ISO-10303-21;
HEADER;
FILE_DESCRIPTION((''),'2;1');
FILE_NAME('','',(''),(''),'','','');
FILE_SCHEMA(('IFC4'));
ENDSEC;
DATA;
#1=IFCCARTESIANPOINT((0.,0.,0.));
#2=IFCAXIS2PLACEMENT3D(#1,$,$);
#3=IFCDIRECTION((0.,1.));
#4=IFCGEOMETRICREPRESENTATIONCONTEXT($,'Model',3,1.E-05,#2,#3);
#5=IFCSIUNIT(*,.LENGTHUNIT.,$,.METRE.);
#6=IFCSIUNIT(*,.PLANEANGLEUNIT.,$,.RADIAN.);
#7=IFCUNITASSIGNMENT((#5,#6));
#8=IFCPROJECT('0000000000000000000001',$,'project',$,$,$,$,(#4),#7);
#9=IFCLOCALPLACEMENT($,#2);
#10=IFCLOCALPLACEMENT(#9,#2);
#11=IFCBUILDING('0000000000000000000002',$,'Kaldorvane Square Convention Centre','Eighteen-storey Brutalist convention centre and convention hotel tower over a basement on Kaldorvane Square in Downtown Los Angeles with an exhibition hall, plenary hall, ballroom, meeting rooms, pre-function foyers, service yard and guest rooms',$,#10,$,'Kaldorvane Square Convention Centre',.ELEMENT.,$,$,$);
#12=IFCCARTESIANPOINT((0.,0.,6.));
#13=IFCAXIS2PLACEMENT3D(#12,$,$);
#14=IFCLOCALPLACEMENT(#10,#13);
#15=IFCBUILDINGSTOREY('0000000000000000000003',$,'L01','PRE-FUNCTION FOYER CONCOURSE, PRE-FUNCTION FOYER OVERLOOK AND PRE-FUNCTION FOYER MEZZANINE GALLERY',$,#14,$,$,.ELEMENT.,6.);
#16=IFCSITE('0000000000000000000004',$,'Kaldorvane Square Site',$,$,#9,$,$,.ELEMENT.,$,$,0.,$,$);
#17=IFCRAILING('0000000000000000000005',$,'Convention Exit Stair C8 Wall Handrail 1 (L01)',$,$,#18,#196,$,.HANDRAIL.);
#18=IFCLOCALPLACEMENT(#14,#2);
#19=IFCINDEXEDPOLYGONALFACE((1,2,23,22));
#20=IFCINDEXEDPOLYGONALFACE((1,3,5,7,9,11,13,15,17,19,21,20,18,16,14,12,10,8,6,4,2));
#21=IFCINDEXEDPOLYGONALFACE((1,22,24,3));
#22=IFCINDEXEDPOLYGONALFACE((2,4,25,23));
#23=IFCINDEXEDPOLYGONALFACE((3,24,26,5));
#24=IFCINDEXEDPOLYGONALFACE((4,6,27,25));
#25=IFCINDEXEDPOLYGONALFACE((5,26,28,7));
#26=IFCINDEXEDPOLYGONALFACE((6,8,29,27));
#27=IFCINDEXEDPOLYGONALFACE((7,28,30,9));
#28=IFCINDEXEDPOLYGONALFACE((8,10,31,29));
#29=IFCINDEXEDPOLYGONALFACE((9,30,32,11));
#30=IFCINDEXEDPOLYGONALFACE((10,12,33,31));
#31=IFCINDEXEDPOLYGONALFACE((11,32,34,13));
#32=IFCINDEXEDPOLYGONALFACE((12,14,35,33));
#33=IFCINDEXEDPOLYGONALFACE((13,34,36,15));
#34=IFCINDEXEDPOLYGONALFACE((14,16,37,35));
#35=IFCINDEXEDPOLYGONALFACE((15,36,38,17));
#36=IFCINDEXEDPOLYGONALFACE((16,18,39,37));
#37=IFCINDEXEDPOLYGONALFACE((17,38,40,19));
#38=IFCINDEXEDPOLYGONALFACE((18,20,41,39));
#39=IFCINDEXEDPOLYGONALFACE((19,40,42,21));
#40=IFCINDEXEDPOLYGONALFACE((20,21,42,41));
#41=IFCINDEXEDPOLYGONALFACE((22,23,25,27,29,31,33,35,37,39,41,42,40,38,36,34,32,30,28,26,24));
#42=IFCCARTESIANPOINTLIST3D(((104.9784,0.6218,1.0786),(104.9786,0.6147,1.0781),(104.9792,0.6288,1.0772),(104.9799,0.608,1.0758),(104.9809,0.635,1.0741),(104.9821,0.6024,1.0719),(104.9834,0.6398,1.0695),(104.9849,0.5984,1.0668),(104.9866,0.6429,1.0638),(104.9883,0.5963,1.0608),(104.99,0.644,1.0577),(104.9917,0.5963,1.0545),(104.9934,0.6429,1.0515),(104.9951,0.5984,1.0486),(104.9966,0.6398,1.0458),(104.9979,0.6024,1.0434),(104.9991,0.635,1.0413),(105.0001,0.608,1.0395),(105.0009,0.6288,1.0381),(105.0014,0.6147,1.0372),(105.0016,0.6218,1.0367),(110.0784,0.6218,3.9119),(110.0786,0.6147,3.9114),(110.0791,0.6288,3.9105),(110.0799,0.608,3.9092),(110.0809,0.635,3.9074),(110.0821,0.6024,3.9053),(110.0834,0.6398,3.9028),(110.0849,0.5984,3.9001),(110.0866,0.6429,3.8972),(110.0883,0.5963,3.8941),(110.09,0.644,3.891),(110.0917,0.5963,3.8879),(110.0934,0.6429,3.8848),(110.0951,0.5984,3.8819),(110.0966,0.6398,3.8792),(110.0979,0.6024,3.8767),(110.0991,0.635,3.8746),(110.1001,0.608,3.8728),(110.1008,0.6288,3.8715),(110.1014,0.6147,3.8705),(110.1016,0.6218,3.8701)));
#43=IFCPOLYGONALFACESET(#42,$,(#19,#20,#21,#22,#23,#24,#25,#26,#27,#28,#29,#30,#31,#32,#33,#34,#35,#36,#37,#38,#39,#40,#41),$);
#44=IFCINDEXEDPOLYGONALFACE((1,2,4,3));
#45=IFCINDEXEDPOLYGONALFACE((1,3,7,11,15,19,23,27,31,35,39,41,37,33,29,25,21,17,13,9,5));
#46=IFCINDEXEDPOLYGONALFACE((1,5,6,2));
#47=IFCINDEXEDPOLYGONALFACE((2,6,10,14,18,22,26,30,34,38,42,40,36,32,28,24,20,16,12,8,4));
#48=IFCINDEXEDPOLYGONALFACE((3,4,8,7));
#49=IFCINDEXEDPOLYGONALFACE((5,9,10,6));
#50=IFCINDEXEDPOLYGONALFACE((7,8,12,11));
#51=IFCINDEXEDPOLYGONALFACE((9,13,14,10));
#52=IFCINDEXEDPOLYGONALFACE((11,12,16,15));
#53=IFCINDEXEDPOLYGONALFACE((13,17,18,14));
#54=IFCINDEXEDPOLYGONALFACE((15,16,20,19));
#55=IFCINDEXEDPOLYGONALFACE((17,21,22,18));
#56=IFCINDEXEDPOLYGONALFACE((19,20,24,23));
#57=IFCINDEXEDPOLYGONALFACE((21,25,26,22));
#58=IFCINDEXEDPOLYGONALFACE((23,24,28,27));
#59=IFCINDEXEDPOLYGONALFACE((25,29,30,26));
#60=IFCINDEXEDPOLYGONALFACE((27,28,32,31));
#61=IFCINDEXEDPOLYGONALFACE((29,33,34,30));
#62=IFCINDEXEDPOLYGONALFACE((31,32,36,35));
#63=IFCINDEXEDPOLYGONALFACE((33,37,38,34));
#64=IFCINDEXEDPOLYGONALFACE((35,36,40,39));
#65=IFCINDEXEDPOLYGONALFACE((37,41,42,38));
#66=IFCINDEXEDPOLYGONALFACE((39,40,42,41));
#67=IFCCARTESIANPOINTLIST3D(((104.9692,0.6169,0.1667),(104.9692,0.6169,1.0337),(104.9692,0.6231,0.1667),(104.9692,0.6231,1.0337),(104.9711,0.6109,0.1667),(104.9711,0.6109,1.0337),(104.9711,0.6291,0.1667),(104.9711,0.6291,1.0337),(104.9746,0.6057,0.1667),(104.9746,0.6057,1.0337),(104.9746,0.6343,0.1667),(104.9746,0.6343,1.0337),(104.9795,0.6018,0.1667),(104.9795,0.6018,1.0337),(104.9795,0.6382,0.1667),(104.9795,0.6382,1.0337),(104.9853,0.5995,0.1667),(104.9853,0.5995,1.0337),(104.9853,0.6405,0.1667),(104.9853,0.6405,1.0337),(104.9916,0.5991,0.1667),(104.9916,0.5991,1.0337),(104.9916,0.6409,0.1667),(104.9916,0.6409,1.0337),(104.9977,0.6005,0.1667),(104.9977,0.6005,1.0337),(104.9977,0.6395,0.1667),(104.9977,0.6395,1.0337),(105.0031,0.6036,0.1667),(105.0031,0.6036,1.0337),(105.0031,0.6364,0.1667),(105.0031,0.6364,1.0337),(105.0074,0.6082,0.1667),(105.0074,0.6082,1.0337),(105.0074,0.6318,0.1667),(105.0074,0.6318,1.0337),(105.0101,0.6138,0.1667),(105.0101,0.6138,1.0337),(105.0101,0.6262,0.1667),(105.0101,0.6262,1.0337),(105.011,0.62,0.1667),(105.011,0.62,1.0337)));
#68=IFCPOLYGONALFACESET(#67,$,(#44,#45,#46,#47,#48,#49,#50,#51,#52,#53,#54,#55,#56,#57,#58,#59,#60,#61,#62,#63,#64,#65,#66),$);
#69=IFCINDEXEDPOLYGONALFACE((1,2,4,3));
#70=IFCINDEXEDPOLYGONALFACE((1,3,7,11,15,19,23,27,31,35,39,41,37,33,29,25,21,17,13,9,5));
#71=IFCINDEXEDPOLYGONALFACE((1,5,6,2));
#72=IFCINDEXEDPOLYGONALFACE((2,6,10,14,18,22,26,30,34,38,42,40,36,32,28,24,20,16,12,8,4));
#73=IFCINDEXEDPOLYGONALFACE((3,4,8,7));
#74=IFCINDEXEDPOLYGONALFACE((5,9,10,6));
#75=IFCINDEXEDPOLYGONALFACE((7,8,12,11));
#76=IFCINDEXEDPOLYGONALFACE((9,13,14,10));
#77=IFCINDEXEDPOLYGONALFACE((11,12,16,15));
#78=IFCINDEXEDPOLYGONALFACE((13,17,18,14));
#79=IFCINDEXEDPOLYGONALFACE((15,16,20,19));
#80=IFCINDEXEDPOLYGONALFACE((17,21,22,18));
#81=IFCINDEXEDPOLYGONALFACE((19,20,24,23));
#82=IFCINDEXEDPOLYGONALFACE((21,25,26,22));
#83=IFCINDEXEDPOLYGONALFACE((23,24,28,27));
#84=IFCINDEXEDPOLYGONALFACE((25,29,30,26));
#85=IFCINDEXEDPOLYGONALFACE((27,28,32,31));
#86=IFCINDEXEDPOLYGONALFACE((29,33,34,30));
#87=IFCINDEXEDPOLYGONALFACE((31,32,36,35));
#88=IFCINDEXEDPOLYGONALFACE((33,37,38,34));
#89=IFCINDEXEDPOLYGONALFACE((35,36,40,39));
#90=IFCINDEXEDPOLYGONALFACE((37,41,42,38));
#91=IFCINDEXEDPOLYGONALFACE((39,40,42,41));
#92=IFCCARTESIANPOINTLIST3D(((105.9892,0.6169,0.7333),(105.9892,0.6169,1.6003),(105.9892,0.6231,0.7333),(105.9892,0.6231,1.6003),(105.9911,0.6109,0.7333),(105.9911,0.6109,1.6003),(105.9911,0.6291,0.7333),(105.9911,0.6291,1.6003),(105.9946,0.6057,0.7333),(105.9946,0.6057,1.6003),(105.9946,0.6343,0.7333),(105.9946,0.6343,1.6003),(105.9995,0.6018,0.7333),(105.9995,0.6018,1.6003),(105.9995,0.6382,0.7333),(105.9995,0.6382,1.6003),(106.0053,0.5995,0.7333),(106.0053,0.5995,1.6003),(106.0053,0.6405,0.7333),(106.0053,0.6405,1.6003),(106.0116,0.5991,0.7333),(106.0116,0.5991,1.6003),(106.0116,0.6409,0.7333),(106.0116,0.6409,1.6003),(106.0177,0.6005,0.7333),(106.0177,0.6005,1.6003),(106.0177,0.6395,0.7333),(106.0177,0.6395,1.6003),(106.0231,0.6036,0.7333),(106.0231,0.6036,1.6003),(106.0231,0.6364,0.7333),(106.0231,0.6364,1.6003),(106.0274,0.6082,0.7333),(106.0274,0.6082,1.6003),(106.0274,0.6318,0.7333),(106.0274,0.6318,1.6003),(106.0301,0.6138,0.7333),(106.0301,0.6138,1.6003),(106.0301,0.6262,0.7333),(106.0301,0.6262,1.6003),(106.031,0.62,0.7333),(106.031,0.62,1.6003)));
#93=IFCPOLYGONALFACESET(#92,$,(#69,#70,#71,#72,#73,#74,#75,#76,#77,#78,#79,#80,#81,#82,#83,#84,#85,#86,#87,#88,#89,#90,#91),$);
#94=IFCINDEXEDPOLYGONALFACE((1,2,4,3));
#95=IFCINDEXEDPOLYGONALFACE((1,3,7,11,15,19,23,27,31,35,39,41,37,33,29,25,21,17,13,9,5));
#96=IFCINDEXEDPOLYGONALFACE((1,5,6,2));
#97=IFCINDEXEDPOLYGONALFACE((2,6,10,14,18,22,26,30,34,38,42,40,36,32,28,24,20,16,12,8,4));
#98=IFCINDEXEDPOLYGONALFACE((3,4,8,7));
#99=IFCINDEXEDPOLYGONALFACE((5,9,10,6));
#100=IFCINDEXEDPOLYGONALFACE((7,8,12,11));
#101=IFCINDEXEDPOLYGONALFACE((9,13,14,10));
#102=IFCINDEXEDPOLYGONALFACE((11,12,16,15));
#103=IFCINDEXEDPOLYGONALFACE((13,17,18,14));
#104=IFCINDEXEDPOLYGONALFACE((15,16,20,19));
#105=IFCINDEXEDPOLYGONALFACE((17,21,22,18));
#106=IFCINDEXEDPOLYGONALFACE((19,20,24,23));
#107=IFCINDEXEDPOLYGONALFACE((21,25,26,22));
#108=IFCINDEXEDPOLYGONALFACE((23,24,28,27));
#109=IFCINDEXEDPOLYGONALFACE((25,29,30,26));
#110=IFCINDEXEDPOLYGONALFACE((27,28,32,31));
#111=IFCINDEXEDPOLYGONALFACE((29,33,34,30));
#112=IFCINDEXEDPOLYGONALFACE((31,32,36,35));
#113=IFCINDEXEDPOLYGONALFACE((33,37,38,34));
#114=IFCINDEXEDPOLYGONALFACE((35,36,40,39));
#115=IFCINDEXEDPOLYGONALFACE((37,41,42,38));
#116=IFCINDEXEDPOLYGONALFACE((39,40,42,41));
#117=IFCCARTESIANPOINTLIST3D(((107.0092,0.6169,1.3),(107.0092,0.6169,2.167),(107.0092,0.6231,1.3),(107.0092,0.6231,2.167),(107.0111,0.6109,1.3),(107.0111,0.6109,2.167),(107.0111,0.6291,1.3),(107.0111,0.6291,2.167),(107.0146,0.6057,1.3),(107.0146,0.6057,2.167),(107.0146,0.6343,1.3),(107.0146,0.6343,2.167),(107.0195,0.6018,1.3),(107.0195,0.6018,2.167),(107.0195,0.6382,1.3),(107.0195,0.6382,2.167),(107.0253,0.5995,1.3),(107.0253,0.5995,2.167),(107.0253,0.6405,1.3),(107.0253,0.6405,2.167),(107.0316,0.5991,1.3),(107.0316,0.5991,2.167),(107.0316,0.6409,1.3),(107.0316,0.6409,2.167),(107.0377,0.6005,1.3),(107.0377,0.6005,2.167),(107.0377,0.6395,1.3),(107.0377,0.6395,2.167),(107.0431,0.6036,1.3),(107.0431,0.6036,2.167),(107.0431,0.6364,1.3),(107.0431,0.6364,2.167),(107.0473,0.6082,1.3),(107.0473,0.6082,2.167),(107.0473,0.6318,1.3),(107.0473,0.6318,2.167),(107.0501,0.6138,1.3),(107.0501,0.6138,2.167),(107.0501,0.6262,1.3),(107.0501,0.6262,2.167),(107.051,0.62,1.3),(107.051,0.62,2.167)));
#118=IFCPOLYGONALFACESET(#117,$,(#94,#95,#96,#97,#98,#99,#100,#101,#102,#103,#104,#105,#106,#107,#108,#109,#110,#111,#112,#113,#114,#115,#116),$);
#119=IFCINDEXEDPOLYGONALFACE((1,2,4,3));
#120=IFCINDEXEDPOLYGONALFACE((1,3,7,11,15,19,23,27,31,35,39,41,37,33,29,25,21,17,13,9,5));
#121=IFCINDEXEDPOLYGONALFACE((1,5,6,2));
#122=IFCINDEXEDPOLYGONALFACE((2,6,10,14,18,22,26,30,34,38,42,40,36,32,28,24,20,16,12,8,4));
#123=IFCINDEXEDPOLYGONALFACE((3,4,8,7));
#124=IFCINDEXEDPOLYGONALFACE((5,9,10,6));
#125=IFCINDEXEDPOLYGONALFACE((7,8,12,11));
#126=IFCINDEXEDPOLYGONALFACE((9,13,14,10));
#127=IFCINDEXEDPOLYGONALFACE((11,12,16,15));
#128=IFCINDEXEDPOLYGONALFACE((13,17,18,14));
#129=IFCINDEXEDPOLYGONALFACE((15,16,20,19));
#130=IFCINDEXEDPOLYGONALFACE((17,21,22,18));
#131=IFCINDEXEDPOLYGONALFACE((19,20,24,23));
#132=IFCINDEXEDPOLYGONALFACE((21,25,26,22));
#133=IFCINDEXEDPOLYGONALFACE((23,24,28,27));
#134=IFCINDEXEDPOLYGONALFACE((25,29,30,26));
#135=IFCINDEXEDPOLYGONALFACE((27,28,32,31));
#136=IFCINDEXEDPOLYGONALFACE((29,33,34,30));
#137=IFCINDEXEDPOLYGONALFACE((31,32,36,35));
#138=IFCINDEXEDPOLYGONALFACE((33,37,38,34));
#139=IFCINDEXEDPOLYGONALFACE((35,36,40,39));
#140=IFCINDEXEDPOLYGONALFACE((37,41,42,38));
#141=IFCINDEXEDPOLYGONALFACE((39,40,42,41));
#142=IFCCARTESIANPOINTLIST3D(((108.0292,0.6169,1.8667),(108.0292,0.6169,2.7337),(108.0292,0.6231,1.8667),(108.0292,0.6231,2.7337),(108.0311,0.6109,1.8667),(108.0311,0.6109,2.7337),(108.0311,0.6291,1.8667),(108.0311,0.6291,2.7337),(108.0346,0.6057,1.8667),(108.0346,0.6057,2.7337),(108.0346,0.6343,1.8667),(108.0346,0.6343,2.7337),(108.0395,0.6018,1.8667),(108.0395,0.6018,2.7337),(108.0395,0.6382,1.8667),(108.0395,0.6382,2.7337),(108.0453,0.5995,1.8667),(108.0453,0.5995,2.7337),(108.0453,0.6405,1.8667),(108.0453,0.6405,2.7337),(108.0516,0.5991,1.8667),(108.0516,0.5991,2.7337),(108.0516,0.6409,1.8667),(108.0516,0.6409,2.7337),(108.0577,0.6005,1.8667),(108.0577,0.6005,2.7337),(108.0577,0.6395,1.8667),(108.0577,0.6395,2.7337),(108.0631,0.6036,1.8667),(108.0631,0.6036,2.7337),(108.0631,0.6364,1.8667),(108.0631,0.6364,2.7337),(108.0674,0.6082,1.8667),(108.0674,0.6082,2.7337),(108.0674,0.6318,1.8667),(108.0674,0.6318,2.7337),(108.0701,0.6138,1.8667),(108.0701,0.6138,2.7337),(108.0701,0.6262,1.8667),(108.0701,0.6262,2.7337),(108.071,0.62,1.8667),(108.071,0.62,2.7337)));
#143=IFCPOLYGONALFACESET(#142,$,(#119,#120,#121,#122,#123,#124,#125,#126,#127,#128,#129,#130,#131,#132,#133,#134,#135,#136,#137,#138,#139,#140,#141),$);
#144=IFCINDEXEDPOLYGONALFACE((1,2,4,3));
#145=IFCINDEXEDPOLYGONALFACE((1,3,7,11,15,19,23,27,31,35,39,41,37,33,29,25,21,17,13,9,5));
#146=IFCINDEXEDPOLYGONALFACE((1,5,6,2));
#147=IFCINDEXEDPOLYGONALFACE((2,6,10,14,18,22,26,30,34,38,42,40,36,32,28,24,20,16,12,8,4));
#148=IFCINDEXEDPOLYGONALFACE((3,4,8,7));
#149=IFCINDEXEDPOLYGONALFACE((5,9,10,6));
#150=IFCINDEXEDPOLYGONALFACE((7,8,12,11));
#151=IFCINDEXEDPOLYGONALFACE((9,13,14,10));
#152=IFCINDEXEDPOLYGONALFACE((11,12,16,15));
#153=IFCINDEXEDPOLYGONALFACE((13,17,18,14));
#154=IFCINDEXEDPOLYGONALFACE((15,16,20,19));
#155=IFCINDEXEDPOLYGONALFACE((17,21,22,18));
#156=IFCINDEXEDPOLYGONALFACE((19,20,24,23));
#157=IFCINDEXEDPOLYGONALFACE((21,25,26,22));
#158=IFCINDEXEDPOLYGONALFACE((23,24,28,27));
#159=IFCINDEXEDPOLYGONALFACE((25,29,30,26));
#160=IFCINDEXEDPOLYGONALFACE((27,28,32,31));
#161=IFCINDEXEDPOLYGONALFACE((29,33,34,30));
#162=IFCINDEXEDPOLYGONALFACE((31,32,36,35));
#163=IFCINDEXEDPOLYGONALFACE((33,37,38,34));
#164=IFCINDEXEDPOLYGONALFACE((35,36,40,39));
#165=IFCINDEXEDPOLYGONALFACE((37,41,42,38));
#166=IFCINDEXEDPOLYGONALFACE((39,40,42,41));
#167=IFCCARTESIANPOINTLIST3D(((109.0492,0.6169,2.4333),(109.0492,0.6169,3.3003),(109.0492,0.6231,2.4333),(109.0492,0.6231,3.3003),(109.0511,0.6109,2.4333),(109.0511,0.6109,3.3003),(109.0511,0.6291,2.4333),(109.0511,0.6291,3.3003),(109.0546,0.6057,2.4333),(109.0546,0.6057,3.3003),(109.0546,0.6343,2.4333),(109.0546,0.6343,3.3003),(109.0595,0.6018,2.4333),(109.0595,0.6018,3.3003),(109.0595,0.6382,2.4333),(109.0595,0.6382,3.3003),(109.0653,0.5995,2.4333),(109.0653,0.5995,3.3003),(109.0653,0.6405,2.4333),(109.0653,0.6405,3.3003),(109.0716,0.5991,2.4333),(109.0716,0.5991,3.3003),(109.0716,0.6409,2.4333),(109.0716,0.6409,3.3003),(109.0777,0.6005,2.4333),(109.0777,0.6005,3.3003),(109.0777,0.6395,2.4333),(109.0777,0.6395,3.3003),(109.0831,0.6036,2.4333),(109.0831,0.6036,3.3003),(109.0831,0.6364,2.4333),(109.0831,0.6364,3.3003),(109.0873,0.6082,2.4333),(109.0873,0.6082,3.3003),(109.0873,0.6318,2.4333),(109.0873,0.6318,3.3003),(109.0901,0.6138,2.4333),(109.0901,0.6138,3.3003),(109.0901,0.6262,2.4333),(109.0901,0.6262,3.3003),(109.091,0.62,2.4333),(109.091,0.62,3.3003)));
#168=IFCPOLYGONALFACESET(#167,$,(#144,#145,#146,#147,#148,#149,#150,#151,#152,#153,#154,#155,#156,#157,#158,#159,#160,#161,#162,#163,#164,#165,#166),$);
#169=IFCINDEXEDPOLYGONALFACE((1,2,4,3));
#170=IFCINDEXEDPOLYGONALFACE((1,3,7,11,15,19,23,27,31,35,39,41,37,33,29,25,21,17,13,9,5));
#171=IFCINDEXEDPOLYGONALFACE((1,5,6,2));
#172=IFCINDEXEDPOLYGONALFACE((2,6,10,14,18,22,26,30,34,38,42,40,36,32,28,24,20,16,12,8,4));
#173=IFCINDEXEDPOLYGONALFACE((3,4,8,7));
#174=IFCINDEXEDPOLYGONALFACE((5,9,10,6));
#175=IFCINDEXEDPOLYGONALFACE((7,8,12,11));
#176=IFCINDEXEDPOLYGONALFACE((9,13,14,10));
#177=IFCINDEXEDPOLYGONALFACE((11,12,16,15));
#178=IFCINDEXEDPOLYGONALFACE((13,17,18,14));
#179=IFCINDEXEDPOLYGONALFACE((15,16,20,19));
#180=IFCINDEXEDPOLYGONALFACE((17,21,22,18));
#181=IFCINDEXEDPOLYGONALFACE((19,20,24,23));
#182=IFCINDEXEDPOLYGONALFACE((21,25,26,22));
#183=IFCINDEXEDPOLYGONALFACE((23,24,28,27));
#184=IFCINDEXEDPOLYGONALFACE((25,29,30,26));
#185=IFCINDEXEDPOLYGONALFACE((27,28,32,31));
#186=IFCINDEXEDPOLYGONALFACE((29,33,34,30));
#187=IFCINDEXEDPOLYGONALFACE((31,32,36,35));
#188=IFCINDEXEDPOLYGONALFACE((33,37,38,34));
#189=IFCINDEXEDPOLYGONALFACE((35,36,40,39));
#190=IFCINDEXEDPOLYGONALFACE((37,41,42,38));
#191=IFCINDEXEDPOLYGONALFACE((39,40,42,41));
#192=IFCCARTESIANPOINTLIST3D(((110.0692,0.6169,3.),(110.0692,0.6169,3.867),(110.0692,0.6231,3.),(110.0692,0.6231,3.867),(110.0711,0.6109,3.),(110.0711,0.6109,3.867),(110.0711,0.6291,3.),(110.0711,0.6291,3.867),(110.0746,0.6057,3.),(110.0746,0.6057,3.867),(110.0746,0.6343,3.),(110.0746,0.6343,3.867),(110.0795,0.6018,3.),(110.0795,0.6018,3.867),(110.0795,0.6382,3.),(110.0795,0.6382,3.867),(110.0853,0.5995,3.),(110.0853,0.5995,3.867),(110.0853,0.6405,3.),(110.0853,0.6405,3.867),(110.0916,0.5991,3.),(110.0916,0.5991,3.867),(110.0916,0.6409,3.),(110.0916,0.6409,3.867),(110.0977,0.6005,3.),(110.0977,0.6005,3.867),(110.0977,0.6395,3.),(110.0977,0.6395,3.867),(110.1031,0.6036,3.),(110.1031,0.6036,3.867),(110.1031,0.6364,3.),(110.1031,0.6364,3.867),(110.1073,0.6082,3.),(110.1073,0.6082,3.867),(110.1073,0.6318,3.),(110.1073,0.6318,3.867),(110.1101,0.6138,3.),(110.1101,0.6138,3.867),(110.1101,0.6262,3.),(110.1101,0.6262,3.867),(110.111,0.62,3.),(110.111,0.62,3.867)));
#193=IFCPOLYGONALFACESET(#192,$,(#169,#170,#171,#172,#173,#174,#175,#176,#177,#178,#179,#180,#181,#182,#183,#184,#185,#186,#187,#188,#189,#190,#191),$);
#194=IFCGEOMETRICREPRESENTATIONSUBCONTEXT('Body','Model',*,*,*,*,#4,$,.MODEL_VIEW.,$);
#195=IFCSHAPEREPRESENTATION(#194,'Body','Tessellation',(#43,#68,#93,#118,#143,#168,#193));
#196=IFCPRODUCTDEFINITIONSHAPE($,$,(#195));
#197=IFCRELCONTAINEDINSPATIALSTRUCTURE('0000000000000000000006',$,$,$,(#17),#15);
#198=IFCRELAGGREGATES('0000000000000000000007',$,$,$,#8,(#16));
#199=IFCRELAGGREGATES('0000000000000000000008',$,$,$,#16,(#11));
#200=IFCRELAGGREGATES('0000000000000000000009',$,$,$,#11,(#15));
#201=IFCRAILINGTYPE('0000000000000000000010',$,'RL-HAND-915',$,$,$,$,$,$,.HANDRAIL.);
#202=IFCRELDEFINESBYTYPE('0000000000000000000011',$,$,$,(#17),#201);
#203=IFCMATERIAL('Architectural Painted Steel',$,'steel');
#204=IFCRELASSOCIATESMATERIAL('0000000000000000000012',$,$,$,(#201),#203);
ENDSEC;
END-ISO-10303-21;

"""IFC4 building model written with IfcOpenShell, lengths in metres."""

from ifc_helpers import new_model, si_unit, direction, frame, origin, origin_2d, place, context, subcontext, project, spatial, circle, extrude, material, type_object, element, save


model = new_model("IFC4")

# Units and contexts
model_context = context("Model", 3, precision=1e-05, world=origin(), true_north=direction((0.0, 1.0)))
body_context = subcontext(model_context, "Body", "Model", "MODEL_VIEW")
ifc_project = project(units=[si_unit("LENGTHUNIT", "METRE"), si_unit("PLANEANGLEUNIT", "RADIAN")], contexts=[model_context])

# Site, building, storey
site_placement = place(None, origin())
site = spatial("IfcSite", under=ifc_project, at=site_placement, Name="Kaldorvane Square Site", CompositionType="ELEMENT", RefElevation=0.0)
building_placement = place(site_placement, origin())
building = spatial("IfcBuilding", under=site, at=building_placement, Name="Kaldorvane Square Convention Centre", Description="Eighteen-storey Brutalist convention centre and convention hotel tower over a basement on Kaldorvane Square in Downtown Los Angeles with an exhibition hall, plenary hall, ballroom, meeting rooms, pre-function foyers, service yard and guest rooms", LongName="Kaldorvane Square Convention Centre", CompositionType="ELEMENT")
storey_placement = place(building_placement, frame((0.0, 0.0, 6.0)))
storey = spatial("IfcBuildingStorey", under=building, at=storey_placement, Name="L01", Description="PRE-FUNCTION FOYER CONCOURSE, PRE-FUNCTION FOYER OVERLOOK AND PRE-FUNCTION FOYER MEZZANINE GALLERY", CompositionType="ELEMENT", Elevation=6.0)

# Railing
ifc_material_1 = material(Name="Architectural Painted Steel", Category="steel")
railing_type_1 = type_object("IfcRailingType", Name="RL-HAND-915", PredefinedType="HANDRAIL", material=ifc_material_1)
railing_1_placement = place(storey_placement, frame((104.99, 0.62, 0.1667)))
element("IfcRailing", 1, at=railing_1_placement, inside=storey, type_object=railing_type_1, Name="Convention Exit Stair C8 Wall Handrail 1 (L01)", PredefinedType="HANDRAIL", context=body_context, shape_type="SweptSolid", body=[
    extrude(circle(Radius=0.024, at=origin_2d()), frame((0.0, 0.0, 0.891), z_axis=(0.874157, 0.0, 0.485643), x_axis=(0.0, 1.0, 0.0)), (0.0, 0.0, 1.0), 5.8342),
    extrude(circle(Radius=0.021, at=origin_2d()), origin(), (0.0, 0.0, 1.0), 0.867),
    extrude(circle(Radius=0.021, at=origin_2d()), frame((1.02, 0.0, 0.5667)), (0.0, 0.0, 1.0), 0.867),
    extrude(circle(Radius=0.021, at=origin_2d()), frame((2.04, 0.0, 1.1333)), (0.0, 0.0, 1.0), 0.867),
    extrude(circle(Radius=0.021, at=origin_2d()), frame((3.06, 0.0, 1.7)), (0.0, 0.0, 1.0), 0.867),
    extrude(circle(Radius=0.021, at=origin_2d()), frame((4.08, 0.0, 2.2667)), (0.0, 0.0, 1.0), 0.867),
    extrude(circle(Radius=0.021, at=origin_2d()), frame((5.1, 0.0, 2.8333)), (0.0, 0.0, 1.0), 0.867),
])

save(model, "model.ifc")
